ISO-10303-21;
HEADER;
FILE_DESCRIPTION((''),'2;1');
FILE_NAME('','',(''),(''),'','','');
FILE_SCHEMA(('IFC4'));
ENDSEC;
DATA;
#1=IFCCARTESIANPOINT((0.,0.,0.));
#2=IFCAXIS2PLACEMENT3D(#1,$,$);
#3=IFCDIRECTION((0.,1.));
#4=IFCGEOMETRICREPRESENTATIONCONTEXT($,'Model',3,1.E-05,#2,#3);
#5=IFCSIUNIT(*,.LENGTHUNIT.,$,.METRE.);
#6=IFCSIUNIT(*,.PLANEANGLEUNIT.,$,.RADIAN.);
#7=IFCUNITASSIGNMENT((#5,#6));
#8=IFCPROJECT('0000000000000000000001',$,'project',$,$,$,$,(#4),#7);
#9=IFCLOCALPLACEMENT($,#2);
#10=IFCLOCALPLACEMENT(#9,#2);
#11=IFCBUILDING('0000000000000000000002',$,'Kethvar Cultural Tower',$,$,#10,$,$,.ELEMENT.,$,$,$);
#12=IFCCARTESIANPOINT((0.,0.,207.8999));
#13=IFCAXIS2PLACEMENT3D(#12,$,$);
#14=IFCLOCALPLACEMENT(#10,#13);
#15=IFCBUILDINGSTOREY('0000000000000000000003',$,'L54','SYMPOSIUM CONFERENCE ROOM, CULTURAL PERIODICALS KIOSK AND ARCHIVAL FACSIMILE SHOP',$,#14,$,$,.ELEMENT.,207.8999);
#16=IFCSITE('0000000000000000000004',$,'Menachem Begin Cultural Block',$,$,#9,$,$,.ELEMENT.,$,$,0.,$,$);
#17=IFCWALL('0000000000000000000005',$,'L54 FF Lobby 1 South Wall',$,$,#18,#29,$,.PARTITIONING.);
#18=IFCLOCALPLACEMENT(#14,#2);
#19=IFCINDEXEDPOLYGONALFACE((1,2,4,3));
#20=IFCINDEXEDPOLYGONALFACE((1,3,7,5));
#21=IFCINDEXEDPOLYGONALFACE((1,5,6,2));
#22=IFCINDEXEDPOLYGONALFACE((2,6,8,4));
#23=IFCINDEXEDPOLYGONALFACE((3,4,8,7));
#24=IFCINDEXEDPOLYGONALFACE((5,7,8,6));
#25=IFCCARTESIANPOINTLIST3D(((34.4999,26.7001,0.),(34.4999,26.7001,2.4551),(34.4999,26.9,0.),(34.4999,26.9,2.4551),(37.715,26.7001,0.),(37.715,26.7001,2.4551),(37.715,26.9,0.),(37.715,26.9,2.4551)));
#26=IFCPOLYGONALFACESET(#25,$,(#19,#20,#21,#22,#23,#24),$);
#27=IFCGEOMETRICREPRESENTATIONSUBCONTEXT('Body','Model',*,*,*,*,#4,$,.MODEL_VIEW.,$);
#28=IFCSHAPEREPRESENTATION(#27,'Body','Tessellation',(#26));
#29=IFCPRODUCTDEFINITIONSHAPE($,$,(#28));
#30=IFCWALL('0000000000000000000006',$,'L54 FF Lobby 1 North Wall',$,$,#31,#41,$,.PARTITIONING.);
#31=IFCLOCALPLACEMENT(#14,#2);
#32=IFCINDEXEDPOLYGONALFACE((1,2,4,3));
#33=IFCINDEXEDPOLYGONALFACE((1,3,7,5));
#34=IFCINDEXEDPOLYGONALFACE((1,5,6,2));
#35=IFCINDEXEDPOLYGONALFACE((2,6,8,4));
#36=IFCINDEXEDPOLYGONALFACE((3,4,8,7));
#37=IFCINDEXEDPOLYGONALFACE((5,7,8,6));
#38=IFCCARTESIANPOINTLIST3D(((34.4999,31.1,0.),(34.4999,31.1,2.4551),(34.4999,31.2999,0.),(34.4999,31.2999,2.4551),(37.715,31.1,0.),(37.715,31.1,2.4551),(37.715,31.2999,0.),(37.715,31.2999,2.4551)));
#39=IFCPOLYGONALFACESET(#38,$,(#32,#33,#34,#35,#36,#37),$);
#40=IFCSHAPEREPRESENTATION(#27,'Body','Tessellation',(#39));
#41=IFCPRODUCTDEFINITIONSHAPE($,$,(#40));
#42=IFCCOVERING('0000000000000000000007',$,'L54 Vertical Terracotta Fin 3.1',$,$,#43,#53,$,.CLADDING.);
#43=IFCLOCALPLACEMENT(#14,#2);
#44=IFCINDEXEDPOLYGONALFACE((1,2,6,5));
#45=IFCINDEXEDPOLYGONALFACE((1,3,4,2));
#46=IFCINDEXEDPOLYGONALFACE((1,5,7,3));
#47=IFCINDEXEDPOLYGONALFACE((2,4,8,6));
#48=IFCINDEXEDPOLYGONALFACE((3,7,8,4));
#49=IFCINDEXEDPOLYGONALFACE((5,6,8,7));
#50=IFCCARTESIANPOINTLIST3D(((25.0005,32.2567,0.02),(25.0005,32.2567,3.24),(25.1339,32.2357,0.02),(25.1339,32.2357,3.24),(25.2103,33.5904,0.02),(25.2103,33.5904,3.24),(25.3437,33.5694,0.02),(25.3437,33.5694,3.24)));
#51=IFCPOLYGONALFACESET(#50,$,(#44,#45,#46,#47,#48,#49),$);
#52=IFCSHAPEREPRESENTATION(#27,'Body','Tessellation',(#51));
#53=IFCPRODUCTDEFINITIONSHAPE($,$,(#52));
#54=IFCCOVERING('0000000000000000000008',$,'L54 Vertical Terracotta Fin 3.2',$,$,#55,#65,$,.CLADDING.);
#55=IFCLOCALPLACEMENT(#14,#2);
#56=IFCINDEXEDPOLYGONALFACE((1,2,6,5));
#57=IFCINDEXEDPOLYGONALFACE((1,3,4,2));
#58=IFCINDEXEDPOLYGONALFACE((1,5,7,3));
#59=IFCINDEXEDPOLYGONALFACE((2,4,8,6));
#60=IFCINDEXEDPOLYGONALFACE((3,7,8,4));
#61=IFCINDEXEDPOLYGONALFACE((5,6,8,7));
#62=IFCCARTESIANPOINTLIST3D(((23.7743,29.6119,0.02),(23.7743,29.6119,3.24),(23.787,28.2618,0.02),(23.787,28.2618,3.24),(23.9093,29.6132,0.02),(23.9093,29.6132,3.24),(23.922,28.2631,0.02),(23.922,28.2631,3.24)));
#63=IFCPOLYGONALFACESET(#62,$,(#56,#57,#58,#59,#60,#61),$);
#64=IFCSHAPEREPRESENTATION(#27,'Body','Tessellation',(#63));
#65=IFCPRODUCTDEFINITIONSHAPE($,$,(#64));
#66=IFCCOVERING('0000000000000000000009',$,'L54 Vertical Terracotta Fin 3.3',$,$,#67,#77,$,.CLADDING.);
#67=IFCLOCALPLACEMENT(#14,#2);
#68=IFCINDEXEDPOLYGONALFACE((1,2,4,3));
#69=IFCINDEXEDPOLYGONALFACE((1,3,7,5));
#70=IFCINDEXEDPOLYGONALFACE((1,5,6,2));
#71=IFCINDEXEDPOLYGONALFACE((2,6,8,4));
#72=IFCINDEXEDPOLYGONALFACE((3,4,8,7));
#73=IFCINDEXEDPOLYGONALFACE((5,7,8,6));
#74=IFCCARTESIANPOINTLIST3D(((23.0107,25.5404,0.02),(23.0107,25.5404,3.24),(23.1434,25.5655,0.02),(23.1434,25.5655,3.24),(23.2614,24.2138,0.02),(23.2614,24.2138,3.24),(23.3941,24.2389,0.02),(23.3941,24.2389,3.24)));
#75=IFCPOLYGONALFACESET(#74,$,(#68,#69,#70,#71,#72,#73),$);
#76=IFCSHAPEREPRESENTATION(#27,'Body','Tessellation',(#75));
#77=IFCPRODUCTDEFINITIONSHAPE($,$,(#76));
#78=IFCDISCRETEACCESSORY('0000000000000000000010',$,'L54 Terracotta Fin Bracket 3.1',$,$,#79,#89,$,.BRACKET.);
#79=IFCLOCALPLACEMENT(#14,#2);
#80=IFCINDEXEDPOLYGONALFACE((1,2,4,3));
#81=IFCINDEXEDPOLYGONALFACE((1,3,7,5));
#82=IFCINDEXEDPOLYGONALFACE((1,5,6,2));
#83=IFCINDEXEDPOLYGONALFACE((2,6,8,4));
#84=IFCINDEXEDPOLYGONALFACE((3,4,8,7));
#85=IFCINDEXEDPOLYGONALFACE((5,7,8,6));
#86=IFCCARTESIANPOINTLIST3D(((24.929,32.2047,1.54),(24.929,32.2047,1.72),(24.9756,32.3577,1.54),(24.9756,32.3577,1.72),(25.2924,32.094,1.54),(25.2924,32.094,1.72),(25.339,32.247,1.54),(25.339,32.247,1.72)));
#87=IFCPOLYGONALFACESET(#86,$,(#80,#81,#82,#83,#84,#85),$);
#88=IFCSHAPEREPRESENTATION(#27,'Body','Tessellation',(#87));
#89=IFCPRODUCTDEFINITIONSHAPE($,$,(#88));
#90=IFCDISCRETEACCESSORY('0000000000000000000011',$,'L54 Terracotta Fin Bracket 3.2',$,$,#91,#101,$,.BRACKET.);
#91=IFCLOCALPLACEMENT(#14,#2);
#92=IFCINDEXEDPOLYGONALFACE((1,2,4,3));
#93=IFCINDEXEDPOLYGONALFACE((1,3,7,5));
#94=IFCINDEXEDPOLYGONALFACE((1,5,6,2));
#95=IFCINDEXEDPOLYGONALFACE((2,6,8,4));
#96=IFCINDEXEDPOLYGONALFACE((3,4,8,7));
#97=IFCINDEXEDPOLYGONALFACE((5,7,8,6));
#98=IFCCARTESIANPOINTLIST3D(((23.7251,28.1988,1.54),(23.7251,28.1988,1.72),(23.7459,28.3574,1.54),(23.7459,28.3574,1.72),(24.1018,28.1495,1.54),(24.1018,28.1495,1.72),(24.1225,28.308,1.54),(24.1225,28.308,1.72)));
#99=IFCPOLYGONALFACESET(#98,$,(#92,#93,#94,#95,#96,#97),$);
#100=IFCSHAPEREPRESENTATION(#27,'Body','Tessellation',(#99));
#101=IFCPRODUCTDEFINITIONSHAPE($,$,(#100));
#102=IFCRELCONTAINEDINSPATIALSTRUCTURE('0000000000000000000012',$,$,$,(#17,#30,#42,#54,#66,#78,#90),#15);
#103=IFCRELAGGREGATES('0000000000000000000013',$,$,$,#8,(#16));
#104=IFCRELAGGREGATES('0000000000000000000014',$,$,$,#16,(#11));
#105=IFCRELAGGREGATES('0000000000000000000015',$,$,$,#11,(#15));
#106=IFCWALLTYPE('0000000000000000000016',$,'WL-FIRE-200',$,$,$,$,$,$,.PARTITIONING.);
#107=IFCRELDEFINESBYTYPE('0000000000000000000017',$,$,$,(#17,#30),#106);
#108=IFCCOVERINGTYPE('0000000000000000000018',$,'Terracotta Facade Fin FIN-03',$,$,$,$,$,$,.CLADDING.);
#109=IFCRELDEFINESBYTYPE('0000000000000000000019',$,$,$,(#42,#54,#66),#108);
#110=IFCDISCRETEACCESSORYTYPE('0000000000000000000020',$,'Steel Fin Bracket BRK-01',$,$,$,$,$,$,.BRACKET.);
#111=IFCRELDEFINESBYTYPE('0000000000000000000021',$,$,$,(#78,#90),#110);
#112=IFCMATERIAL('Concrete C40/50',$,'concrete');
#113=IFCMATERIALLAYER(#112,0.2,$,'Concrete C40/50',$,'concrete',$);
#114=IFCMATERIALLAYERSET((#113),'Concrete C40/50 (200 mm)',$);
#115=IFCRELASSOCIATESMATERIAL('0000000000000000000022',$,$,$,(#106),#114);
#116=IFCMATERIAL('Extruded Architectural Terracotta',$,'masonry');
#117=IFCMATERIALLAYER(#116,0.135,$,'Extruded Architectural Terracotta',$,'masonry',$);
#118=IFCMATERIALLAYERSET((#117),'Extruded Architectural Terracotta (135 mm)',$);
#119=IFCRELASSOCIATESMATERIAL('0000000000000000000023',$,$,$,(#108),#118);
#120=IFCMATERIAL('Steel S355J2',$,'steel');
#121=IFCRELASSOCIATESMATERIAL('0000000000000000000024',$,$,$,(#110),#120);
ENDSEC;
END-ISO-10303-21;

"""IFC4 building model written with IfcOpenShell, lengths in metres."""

from ifc_helpers import new_model, si_unit, direction, frame, frame_2d, origin, origin_2d, place, context, subcontext, project, spatial, rectangle, extrude, source, transform, mapped, material, layer, layer_set, type_object, element, save


model = new_model("IFC4")

# Units and contexts
model_context = context("Model", 3, precision=1e-05, world=origin(), true_north=direction((0.0, 1.0)))
body_context = subcontext(model_context, "Body", "Model", "MODEL_VIEW")
ifc_project = project(units=[si_unit("LENGTHUNIT", "METRE"), si_unit("PLANEANGLEUNIT", "RADIAN")], contexts=[model_context])

# Site, building, storey
site_placement = place(None, origin())
site = spatial("IfcSite", under=ifc_project, at=site_placement, Name="Menachem Begin Cultural Block", CompositionType="ELEMENT", RefElevation=0.0)
building_placement = place(site_placement, origin())
building = spatial("IfcBuilding", under=site, at=building_placement, Name="Kethvar Cultural Tower", CompositionType="ELEMENT")
storey_placement = place(building_placement, frame((0.0, 0.0, 207.8999)))
storey = spatial("IfcBuildingStorey", under=building, at=storey_placement, Name="L54", Description="SYMPOSIUM CONFERENCE ROOM, CULTURAL PERIODICALS KIOSK AND ARCHIVAL FACSIMILE SHOP", CompositionType="ELEMENT", Elevation=207.8999)

# Shared definitions
ifc_material_1 = material(Name="Steel S355J2", Category="steel")

# Shared definitions
ifc_material_2 = material(Name="Concrete C40/50", Category="concrete")
ifc_layer_1 = layer(ifc_material_2, 0.2, Name="Concrete C40/50", Category="concrete")
ifc_layer_set_1 = layer_set([ifc_layer_1], Name="Concrete C40/50 (200 mm)")
wall_type_1 = type_object("IfcWallType", Name="WL-FIRE-200", PredefinedType="PARTITIONING", material=ifc_layer_set_1)

# Walls
for number, where, z_axis, x_axis, name in (
    (1, (34.5, 26.8, 0.0), (0.0, 0.0, 1.0), (1.0, 0.0, 0.0), "L54 FF Lobby 1 South Wall"),
    (2, (34.5, 31.2, 0.0), (0.0, 0.0, 1.0), (1.0, 0.0, 0.0), "L54 FF Lobby 1 North Wall"),
):
    element("IfcWall", number, at=place(storey_placement, frame(where, z_axis=z_axis, x_axis=x_axis)), inside=storey, type_object=wall_type_1, Name=name, PredefinedType="PARTITIONING", context=body_context, shape_type="SweptSolid", body=[
        extrude(rectangle(XDim=3.2151, YDim=0.2, at=frame_2d((1.6074, 0.0))), origin(), (0.0, 0.0, 1.0), 2.4551),
    ])

# Coverings
ifc_material_3 = material(Name="Extruded Architectural Terracotta", Category="masonry")
ifc_layer_2 = layer(ifc_material_3, 0.135, Name="Extruded Architectural Terracotta", Category="masonry")
ifc_layer_set_2 = layer_set([ifc_layer_2], Name="Extruded Architectural Terracotta (135 mm)")
covering_type = type_object("IfcCoveringType", Name="Terracotta Facade Fin FIN-03", PredefinedType="CLADDING", material=ifc_layer_set_2)
shared_shape_1 = source(origin(), body_context, "Body", "SweptSolid", [
    extrude(rectangle(XDim=1.3501, YDim=0.135, at=origin_2d()), origin(), (0.0, 0.0, 1.0), 3.22),
])
for number, where, z_axis, x_axis, name in (
    (3, (25.1721, 32.9131, 0.02), (0.0, 0.0, 1.0), (0.1554, 0.987852, 0.0), "L54 Vertical Terracotta Fin 3.1"),
    (4, (23.8481, 28.9375, 0.02), (0.0, 0.0, 1.0), (-0.009425, 0.999956, 0.0), "L54 Vertical Terracotta Fin 3.2"),
    (5, (23.2024, 24.8896, 0.02), (0.0, 0.0, 1.0), (-0.185667, 0.982613, 0.0), "L54 Vertical Terracotta Fin 3.3"),
):
    element("IfcCovering", number, at=place(storey_placement, frame(where, z_axis=z_axis, x_axis=x_axis)), inside=storey, type_object=covering_type, Name=name, PredefinedType="CLADDING", context=body_context, shape_type="MappedRepresentation", body=[
        mapped(shared_shape_1, transform((0.0, 0.0, 0.0), scale=1.0)),
    ])

# Discrete accessories
discrete_accessory_type = type_object("IfcDiscreteAccessoryType", Name="Steel Fin Bracket BRK-01", PredefinedType="BRACKET", material=ifc_material_1)
shared_shape_2 = source(origin(), body_context, "Body", "SweptSolid", [
    extrude(rectangle(XDim=0.3799, YDim=0.1599, at=origin_2d()), origin(), (0.0, 0.0, 1.0), 0.1799),
])
for number, where, z_axis, x_axis, name in (
    (6, (25.134, 32.2258, 1.54), (0.0, 0.0, 1.0), (-0.95661, 0.29137, 0.0), "L54 Terracotta Fin Bracket 3.1"),
    (7, (23.9238, 28.2534, 1.54), (0.0, 0.0, 1.0), (-0.991536, 0.129834, 0.0), "L54 Terracotta Fin Bracket 3.2"),
):
    element("IfcDiscreteAccessory", number, at=place(storey_placement, frame(where, z_axis=z_axis, x_axis=x_axis)), inside=storey, type_object=discrete_accessory_type, Name=name, PredefinedType="BRACKET", context=body_context, shape_type="MappedRepresentation", body=[
        mapped(shared_shape_2, transform((0.0, 0.0, 0.0), scale=1.0)),
    ])

save(model, "model.ifc")
